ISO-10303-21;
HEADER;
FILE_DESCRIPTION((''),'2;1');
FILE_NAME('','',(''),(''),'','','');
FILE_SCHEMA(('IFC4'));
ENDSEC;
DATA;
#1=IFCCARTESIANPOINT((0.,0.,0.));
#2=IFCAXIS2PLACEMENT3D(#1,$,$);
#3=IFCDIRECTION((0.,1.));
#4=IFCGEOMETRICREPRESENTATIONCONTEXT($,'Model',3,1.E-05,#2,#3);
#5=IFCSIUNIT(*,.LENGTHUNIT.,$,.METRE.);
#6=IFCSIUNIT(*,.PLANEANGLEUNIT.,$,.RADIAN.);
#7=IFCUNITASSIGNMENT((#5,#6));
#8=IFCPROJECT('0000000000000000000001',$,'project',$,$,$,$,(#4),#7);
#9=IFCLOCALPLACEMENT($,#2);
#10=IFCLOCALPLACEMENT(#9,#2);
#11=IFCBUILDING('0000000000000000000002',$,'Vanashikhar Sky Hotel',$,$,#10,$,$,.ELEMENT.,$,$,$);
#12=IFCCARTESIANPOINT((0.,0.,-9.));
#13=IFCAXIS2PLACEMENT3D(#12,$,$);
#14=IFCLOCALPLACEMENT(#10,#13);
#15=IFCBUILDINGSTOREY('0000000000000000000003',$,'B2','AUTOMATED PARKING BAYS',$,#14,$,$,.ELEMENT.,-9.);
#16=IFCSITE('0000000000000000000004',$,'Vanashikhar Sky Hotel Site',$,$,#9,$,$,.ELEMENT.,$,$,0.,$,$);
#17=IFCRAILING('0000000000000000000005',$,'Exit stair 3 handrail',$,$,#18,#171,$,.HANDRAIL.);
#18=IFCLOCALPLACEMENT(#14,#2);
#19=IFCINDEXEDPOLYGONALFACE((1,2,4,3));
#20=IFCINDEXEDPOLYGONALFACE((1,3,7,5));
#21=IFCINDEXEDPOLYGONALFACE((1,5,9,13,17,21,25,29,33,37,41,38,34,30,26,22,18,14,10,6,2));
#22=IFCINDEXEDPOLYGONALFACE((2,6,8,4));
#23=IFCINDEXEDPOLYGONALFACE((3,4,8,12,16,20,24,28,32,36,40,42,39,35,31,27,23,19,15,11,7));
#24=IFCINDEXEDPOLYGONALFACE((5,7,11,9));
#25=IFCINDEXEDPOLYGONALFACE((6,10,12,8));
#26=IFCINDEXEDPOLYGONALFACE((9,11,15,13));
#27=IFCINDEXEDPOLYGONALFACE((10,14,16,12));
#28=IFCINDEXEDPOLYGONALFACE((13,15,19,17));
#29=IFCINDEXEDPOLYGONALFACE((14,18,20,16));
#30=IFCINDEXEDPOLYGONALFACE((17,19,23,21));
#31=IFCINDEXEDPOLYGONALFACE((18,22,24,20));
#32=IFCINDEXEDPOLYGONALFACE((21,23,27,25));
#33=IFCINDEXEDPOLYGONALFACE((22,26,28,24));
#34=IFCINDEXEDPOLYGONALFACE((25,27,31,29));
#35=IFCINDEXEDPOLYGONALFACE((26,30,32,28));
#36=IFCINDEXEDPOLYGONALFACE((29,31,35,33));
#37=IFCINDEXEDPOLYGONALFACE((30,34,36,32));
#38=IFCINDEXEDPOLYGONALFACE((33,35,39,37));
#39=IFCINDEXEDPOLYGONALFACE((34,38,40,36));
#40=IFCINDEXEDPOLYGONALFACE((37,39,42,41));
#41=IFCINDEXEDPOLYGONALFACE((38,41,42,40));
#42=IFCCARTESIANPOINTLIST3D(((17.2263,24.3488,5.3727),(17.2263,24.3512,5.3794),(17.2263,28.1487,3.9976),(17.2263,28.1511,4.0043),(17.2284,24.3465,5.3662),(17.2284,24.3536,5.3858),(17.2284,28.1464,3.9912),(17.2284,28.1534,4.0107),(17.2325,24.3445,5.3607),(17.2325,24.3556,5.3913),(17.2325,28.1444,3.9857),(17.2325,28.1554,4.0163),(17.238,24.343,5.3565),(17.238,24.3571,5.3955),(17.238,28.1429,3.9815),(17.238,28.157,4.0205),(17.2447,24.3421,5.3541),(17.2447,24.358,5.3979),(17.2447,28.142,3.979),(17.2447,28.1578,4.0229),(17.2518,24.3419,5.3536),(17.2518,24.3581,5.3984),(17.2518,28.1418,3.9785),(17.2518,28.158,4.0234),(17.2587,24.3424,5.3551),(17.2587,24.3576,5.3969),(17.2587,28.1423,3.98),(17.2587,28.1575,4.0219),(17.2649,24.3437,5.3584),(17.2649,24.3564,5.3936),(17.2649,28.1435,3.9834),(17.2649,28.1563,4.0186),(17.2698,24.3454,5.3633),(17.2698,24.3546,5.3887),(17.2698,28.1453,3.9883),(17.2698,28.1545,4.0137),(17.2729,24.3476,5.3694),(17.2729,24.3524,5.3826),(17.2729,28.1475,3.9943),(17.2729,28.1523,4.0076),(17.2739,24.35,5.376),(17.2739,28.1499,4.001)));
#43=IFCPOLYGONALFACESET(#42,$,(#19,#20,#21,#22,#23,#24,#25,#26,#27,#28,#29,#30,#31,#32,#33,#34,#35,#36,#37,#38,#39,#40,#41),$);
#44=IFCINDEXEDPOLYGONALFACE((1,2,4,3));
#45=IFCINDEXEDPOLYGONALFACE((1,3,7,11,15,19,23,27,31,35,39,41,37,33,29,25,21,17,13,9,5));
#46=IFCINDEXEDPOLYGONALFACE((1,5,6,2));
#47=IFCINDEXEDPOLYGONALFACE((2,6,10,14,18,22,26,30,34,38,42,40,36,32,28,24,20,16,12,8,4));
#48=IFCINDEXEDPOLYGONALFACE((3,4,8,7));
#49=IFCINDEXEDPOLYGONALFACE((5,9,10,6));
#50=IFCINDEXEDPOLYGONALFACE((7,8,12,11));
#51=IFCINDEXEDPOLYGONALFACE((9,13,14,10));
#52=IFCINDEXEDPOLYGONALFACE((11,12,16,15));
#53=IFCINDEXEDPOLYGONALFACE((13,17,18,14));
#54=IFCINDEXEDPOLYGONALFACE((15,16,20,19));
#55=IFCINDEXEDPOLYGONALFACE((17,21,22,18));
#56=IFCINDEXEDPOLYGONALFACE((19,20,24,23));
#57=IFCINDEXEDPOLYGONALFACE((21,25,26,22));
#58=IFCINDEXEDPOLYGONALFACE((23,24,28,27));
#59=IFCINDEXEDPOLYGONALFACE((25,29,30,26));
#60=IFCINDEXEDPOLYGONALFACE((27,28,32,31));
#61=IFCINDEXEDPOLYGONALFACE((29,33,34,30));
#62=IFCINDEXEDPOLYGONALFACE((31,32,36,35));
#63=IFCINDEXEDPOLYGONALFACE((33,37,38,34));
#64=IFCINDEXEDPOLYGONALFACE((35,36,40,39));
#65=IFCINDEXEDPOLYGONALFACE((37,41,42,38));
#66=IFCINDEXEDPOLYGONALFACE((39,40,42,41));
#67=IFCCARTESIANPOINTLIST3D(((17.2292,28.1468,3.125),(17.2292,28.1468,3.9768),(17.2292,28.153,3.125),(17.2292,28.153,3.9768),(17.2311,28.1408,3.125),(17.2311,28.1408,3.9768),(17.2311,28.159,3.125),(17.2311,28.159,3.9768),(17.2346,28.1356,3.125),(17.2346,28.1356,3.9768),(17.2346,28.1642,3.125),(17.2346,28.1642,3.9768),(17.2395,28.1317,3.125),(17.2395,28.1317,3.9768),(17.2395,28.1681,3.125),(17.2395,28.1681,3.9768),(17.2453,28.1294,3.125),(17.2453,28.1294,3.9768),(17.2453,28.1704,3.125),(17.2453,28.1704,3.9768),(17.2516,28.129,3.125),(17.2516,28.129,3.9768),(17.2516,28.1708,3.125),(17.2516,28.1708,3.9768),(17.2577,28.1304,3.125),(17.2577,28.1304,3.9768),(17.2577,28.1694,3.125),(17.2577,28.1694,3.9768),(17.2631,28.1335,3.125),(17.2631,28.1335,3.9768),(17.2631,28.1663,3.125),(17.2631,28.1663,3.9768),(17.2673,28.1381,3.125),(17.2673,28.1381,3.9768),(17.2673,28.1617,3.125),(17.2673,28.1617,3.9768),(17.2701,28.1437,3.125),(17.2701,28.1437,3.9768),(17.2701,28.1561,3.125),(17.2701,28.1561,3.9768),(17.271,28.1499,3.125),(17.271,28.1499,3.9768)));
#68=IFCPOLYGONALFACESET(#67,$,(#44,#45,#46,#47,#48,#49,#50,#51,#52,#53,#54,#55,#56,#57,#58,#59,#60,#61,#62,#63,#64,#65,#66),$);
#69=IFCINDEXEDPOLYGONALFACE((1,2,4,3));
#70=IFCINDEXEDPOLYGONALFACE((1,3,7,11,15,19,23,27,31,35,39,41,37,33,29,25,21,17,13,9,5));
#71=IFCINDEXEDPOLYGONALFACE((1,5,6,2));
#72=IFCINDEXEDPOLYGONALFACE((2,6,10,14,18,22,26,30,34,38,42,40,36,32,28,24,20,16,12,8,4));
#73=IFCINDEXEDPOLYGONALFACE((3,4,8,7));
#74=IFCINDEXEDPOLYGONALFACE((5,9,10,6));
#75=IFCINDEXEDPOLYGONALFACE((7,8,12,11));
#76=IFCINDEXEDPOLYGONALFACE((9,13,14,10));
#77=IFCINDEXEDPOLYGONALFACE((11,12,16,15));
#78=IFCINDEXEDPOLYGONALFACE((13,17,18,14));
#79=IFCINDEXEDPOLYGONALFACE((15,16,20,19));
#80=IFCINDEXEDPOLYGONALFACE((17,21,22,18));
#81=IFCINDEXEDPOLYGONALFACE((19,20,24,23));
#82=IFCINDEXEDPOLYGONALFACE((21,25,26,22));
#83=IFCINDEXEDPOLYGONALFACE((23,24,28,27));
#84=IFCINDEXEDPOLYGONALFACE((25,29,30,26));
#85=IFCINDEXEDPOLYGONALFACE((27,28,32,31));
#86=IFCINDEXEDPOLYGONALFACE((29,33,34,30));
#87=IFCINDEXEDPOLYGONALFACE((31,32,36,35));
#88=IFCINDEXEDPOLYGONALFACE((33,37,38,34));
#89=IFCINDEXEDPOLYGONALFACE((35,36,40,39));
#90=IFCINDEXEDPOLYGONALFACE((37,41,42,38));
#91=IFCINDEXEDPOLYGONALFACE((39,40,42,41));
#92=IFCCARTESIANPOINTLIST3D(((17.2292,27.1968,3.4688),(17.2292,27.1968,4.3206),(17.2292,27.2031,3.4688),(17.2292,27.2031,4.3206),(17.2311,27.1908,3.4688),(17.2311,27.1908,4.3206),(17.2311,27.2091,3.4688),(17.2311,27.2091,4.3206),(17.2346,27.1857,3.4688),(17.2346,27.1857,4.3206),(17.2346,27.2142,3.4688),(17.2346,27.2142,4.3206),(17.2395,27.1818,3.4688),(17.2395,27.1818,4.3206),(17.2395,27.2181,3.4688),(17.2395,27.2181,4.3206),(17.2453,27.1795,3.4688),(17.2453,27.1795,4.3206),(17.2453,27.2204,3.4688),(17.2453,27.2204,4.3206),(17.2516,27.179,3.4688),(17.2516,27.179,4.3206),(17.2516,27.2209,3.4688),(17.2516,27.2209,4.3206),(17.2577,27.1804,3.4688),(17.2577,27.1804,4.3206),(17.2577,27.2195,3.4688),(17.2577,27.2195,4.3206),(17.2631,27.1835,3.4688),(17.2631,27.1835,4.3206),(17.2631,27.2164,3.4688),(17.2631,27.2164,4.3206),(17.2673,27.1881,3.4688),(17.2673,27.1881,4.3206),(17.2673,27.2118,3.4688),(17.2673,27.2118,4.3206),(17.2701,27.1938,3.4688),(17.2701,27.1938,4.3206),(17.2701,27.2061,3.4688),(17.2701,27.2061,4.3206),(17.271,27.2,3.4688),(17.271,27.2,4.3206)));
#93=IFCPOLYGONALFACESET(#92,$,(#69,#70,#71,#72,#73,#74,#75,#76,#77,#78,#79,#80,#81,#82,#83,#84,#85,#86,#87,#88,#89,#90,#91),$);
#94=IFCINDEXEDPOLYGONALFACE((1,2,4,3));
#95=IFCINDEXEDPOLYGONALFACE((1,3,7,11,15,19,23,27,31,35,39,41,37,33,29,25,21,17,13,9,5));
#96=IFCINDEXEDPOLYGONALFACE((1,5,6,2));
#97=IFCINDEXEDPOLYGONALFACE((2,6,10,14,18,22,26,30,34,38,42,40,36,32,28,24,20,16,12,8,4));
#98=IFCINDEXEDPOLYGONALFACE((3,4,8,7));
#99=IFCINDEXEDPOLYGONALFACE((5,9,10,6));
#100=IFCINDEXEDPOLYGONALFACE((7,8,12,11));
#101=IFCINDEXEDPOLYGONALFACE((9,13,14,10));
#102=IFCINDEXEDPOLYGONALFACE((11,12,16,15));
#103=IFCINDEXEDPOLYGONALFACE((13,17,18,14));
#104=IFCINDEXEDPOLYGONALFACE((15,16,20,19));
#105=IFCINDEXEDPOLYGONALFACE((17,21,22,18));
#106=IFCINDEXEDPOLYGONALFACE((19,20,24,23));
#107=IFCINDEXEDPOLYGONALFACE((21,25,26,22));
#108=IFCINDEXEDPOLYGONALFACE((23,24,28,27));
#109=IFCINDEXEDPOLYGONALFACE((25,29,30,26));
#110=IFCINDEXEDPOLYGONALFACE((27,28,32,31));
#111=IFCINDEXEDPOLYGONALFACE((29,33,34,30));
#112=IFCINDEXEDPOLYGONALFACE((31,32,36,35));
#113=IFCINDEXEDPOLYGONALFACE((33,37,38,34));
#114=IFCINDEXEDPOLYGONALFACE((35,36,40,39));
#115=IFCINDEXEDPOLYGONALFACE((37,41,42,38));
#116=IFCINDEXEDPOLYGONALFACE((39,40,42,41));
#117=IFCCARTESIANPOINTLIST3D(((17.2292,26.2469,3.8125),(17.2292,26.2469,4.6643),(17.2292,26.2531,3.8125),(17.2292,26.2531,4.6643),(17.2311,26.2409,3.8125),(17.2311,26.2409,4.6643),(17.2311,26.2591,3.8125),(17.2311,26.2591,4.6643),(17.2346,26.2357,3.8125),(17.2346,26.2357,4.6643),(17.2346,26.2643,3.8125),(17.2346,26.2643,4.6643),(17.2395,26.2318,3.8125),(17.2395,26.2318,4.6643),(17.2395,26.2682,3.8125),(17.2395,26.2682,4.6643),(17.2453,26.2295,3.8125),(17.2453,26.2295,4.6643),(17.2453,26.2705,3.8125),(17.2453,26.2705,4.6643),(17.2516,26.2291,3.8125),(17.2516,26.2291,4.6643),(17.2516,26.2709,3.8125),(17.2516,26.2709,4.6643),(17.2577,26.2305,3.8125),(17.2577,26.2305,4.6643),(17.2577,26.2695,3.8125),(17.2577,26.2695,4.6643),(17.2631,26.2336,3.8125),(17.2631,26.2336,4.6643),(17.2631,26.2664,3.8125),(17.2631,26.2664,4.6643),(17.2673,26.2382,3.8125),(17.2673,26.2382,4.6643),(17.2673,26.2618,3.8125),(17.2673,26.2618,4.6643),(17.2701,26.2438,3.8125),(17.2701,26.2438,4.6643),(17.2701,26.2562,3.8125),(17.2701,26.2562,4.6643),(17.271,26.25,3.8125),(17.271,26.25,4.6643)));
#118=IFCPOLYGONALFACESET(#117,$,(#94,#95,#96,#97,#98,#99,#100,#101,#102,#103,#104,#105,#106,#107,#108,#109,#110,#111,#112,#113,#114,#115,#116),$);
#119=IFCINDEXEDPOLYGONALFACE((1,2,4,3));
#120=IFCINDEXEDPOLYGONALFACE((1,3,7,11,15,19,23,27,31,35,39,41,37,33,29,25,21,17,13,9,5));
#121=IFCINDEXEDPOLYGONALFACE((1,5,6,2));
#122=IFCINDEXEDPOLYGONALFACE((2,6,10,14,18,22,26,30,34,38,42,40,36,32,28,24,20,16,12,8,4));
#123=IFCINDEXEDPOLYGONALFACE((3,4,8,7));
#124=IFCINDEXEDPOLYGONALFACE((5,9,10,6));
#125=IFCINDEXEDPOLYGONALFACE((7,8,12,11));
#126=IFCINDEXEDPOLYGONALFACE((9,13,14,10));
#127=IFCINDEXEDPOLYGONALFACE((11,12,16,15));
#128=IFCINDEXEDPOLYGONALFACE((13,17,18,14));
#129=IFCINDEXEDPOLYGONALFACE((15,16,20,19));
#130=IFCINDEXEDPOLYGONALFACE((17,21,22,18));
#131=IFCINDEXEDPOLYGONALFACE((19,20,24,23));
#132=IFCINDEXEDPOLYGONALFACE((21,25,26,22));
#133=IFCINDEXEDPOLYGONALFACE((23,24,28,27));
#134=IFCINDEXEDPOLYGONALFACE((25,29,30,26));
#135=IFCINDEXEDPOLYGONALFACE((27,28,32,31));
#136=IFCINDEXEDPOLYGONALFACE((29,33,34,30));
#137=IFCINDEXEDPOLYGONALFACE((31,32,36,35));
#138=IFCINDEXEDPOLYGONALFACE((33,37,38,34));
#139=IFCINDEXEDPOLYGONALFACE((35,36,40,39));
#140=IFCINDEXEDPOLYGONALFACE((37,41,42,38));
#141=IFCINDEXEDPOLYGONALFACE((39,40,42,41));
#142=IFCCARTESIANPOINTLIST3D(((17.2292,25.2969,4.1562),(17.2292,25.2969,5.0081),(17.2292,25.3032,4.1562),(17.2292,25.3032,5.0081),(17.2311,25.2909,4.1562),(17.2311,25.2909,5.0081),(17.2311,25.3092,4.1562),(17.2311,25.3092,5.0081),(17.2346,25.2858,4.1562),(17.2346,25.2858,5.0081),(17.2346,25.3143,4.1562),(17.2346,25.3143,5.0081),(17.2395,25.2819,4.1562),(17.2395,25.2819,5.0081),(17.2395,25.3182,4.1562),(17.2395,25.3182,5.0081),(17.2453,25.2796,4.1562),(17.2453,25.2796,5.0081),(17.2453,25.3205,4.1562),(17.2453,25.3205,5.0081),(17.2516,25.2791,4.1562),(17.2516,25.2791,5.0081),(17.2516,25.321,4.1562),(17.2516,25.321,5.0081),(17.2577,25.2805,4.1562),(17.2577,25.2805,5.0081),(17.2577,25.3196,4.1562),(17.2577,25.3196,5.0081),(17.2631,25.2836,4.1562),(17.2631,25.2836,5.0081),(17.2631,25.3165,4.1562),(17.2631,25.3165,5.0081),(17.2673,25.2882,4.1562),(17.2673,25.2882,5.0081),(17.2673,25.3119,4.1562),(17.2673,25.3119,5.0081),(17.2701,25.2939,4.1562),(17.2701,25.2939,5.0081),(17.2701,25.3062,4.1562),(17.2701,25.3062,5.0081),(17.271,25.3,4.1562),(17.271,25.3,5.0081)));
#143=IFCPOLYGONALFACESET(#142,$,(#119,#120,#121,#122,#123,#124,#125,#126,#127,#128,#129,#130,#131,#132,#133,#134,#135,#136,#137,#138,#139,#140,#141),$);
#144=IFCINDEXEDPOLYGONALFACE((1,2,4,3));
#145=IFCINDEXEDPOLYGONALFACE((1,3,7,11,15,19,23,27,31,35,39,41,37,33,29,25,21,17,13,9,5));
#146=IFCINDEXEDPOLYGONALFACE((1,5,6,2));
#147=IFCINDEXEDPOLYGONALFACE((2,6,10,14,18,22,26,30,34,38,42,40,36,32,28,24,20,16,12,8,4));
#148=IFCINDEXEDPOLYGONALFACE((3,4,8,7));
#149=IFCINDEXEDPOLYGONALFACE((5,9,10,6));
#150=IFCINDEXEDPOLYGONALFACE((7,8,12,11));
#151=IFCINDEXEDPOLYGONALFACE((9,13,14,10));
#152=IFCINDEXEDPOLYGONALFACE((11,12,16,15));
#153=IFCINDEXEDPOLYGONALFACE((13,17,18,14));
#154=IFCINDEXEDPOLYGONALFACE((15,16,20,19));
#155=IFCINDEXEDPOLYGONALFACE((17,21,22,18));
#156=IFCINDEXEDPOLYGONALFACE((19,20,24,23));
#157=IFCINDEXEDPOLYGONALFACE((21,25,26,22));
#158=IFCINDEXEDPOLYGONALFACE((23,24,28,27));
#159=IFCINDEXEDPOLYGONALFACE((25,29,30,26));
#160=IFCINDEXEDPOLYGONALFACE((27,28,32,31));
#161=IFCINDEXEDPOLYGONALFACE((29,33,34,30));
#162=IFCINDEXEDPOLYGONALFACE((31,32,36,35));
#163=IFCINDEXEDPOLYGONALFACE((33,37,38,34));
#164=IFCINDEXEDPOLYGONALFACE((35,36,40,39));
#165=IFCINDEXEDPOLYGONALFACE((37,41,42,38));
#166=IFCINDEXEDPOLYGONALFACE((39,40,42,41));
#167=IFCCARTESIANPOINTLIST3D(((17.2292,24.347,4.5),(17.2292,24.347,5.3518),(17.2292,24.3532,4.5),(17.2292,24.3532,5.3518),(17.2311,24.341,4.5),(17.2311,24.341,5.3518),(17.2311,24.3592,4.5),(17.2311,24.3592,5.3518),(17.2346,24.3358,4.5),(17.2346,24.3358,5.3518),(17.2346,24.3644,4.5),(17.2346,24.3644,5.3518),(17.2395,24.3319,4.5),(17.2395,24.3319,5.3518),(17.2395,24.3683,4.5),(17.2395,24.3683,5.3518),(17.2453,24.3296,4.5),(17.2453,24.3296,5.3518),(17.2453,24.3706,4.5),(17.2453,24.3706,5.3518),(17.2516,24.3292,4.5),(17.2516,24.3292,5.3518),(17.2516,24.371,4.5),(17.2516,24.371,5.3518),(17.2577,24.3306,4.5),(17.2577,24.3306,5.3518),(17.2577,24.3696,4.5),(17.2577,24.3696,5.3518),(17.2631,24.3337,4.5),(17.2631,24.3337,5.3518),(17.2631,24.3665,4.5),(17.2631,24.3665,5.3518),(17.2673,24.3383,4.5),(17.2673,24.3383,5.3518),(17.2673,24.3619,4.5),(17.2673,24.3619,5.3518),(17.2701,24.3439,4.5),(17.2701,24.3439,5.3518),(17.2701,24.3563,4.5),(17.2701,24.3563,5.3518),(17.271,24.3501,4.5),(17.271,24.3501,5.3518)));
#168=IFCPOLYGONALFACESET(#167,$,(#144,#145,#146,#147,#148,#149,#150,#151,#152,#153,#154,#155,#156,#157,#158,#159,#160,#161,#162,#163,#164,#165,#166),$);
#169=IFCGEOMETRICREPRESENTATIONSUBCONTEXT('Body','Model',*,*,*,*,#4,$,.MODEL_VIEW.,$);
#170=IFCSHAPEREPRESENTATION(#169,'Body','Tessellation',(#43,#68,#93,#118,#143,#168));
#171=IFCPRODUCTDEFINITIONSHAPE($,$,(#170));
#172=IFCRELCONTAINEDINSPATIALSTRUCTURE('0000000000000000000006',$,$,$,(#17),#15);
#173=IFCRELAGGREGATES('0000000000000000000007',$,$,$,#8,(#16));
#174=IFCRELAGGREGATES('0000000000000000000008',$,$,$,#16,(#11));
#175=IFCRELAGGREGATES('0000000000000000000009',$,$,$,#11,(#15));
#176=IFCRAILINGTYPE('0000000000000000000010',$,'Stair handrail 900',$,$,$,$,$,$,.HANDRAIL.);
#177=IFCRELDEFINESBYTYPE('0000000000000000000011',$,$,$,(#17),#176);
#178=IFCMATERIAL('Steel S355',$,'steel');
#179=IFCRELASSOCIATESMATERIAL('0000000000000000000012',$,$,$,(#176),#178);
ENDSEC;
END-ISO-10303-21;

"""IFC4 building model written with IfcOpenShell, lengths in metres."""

from ifc_helpers import new_model, si_unit, direction, frame, origin, origin_2d, place, context, subcontext, project, spatial, circle, extrude, source, transform, mapped, material, type_object, element, save


model = new_model("IFC4")

# Units and contexts
model_context = context("Model", 3, precision=1e-05, world=origin(), true_north=direction((0.0, 1.0)))
body_context = subcontext(model_context, "Body", "Model", "MODEL_VIEW")
ifc_project = project(units=[si_unit("LENGTHUNIT", "METRE"), si_unit("PLANEANGLEUNIT", "RADIAN")], contexts=[model_context])

# Site, building, storey
site_placement = place(None, origin())
site = spatial("IfcSite", under=ifc_project, at=site_placement, Name="Vanashikhar Sky Hotel Site", CompositionType="ELEMENT", RefElevation=0.0)
building_placement = place(site_placement, origin())
building = spatial("IfcBuilding", under=site, at=building_placement, Name="Vanashikhar Sky Hotel", CompositionType="ELEMENT")
storey_placement = place(building_placement, frame((0.0, 0.0, -9.0)))
storey = spatial("IfcBuildingStorey", under=building, at=storey_placement, Name="B2", Description="AUTOMATED PARKING BAYS", CompositionType="ELEMENT", Elevation=-9.0)

# Shared definitions
ifc_material_1 = material(Name="Steel S355", Category="steel")

# Railing
railing_type_1 = type_object("IfcRailingType", Name="Stair handrail 900", PredefinedType="HANDRAIL", material=ifc_material_1)
shared_shape_1 = source(origin(), body_context, "Body", "SweptSolid", [
    extrude(circle(Radius=0.0239, at=origin_2d()), frame((0.0, 0.0, 0.876), z_axis=(0.0, -0.940329, 0.340268), x_axis=(1.0, 0.0, 0.0)), (0.0, 0.0, 1.0), 4.041),
    extrude(circle(Radius=0.021, at=origin_2d()), origin(), (0.0, 0.0, 1.0), 0.8518),
    extrude(circle(Radius=0.021, at=origin_2d()), frame((0.0, -0.95, 0.3438)), (0.0, 0.0, 1.0), 0.8518),
    extrude(circle(Radius=0.021, at=origin_2d()), frame((0.0, -1.8999, 0.6875)), (0.0, 0.0, 1.0), 0.8518),
    extrude(circle(Radius=0.021, at=origin_2d()), frame((0.0, -2.8499, 1.0312)), (0.0, 0.0, 1.0), 0.8518),
    extrude(circle(Radius=0.021, at=origin_2d()), frame((0.0, -3.7998, 1.375)), (0.0, 0.0, 1.0), 0.8518),
])
for number, where, name in (
    (1, (17.25, 28.1499, 3.125), "Exit stair 3 handrail"),
):
    element("IfcRailing", number, at=place(storey_placement, frame(where)), inside=storey, type_object=railing_type_1, Name=name, PredefinedType="HANDRAIL", context=body_context, shape_type="MappedRepresentation", body=[
        mapped(shared_shape_1, transform((0.0, 0.0, 0.0), scale=1.0)),
    ])

save(model, "model.ifc")
